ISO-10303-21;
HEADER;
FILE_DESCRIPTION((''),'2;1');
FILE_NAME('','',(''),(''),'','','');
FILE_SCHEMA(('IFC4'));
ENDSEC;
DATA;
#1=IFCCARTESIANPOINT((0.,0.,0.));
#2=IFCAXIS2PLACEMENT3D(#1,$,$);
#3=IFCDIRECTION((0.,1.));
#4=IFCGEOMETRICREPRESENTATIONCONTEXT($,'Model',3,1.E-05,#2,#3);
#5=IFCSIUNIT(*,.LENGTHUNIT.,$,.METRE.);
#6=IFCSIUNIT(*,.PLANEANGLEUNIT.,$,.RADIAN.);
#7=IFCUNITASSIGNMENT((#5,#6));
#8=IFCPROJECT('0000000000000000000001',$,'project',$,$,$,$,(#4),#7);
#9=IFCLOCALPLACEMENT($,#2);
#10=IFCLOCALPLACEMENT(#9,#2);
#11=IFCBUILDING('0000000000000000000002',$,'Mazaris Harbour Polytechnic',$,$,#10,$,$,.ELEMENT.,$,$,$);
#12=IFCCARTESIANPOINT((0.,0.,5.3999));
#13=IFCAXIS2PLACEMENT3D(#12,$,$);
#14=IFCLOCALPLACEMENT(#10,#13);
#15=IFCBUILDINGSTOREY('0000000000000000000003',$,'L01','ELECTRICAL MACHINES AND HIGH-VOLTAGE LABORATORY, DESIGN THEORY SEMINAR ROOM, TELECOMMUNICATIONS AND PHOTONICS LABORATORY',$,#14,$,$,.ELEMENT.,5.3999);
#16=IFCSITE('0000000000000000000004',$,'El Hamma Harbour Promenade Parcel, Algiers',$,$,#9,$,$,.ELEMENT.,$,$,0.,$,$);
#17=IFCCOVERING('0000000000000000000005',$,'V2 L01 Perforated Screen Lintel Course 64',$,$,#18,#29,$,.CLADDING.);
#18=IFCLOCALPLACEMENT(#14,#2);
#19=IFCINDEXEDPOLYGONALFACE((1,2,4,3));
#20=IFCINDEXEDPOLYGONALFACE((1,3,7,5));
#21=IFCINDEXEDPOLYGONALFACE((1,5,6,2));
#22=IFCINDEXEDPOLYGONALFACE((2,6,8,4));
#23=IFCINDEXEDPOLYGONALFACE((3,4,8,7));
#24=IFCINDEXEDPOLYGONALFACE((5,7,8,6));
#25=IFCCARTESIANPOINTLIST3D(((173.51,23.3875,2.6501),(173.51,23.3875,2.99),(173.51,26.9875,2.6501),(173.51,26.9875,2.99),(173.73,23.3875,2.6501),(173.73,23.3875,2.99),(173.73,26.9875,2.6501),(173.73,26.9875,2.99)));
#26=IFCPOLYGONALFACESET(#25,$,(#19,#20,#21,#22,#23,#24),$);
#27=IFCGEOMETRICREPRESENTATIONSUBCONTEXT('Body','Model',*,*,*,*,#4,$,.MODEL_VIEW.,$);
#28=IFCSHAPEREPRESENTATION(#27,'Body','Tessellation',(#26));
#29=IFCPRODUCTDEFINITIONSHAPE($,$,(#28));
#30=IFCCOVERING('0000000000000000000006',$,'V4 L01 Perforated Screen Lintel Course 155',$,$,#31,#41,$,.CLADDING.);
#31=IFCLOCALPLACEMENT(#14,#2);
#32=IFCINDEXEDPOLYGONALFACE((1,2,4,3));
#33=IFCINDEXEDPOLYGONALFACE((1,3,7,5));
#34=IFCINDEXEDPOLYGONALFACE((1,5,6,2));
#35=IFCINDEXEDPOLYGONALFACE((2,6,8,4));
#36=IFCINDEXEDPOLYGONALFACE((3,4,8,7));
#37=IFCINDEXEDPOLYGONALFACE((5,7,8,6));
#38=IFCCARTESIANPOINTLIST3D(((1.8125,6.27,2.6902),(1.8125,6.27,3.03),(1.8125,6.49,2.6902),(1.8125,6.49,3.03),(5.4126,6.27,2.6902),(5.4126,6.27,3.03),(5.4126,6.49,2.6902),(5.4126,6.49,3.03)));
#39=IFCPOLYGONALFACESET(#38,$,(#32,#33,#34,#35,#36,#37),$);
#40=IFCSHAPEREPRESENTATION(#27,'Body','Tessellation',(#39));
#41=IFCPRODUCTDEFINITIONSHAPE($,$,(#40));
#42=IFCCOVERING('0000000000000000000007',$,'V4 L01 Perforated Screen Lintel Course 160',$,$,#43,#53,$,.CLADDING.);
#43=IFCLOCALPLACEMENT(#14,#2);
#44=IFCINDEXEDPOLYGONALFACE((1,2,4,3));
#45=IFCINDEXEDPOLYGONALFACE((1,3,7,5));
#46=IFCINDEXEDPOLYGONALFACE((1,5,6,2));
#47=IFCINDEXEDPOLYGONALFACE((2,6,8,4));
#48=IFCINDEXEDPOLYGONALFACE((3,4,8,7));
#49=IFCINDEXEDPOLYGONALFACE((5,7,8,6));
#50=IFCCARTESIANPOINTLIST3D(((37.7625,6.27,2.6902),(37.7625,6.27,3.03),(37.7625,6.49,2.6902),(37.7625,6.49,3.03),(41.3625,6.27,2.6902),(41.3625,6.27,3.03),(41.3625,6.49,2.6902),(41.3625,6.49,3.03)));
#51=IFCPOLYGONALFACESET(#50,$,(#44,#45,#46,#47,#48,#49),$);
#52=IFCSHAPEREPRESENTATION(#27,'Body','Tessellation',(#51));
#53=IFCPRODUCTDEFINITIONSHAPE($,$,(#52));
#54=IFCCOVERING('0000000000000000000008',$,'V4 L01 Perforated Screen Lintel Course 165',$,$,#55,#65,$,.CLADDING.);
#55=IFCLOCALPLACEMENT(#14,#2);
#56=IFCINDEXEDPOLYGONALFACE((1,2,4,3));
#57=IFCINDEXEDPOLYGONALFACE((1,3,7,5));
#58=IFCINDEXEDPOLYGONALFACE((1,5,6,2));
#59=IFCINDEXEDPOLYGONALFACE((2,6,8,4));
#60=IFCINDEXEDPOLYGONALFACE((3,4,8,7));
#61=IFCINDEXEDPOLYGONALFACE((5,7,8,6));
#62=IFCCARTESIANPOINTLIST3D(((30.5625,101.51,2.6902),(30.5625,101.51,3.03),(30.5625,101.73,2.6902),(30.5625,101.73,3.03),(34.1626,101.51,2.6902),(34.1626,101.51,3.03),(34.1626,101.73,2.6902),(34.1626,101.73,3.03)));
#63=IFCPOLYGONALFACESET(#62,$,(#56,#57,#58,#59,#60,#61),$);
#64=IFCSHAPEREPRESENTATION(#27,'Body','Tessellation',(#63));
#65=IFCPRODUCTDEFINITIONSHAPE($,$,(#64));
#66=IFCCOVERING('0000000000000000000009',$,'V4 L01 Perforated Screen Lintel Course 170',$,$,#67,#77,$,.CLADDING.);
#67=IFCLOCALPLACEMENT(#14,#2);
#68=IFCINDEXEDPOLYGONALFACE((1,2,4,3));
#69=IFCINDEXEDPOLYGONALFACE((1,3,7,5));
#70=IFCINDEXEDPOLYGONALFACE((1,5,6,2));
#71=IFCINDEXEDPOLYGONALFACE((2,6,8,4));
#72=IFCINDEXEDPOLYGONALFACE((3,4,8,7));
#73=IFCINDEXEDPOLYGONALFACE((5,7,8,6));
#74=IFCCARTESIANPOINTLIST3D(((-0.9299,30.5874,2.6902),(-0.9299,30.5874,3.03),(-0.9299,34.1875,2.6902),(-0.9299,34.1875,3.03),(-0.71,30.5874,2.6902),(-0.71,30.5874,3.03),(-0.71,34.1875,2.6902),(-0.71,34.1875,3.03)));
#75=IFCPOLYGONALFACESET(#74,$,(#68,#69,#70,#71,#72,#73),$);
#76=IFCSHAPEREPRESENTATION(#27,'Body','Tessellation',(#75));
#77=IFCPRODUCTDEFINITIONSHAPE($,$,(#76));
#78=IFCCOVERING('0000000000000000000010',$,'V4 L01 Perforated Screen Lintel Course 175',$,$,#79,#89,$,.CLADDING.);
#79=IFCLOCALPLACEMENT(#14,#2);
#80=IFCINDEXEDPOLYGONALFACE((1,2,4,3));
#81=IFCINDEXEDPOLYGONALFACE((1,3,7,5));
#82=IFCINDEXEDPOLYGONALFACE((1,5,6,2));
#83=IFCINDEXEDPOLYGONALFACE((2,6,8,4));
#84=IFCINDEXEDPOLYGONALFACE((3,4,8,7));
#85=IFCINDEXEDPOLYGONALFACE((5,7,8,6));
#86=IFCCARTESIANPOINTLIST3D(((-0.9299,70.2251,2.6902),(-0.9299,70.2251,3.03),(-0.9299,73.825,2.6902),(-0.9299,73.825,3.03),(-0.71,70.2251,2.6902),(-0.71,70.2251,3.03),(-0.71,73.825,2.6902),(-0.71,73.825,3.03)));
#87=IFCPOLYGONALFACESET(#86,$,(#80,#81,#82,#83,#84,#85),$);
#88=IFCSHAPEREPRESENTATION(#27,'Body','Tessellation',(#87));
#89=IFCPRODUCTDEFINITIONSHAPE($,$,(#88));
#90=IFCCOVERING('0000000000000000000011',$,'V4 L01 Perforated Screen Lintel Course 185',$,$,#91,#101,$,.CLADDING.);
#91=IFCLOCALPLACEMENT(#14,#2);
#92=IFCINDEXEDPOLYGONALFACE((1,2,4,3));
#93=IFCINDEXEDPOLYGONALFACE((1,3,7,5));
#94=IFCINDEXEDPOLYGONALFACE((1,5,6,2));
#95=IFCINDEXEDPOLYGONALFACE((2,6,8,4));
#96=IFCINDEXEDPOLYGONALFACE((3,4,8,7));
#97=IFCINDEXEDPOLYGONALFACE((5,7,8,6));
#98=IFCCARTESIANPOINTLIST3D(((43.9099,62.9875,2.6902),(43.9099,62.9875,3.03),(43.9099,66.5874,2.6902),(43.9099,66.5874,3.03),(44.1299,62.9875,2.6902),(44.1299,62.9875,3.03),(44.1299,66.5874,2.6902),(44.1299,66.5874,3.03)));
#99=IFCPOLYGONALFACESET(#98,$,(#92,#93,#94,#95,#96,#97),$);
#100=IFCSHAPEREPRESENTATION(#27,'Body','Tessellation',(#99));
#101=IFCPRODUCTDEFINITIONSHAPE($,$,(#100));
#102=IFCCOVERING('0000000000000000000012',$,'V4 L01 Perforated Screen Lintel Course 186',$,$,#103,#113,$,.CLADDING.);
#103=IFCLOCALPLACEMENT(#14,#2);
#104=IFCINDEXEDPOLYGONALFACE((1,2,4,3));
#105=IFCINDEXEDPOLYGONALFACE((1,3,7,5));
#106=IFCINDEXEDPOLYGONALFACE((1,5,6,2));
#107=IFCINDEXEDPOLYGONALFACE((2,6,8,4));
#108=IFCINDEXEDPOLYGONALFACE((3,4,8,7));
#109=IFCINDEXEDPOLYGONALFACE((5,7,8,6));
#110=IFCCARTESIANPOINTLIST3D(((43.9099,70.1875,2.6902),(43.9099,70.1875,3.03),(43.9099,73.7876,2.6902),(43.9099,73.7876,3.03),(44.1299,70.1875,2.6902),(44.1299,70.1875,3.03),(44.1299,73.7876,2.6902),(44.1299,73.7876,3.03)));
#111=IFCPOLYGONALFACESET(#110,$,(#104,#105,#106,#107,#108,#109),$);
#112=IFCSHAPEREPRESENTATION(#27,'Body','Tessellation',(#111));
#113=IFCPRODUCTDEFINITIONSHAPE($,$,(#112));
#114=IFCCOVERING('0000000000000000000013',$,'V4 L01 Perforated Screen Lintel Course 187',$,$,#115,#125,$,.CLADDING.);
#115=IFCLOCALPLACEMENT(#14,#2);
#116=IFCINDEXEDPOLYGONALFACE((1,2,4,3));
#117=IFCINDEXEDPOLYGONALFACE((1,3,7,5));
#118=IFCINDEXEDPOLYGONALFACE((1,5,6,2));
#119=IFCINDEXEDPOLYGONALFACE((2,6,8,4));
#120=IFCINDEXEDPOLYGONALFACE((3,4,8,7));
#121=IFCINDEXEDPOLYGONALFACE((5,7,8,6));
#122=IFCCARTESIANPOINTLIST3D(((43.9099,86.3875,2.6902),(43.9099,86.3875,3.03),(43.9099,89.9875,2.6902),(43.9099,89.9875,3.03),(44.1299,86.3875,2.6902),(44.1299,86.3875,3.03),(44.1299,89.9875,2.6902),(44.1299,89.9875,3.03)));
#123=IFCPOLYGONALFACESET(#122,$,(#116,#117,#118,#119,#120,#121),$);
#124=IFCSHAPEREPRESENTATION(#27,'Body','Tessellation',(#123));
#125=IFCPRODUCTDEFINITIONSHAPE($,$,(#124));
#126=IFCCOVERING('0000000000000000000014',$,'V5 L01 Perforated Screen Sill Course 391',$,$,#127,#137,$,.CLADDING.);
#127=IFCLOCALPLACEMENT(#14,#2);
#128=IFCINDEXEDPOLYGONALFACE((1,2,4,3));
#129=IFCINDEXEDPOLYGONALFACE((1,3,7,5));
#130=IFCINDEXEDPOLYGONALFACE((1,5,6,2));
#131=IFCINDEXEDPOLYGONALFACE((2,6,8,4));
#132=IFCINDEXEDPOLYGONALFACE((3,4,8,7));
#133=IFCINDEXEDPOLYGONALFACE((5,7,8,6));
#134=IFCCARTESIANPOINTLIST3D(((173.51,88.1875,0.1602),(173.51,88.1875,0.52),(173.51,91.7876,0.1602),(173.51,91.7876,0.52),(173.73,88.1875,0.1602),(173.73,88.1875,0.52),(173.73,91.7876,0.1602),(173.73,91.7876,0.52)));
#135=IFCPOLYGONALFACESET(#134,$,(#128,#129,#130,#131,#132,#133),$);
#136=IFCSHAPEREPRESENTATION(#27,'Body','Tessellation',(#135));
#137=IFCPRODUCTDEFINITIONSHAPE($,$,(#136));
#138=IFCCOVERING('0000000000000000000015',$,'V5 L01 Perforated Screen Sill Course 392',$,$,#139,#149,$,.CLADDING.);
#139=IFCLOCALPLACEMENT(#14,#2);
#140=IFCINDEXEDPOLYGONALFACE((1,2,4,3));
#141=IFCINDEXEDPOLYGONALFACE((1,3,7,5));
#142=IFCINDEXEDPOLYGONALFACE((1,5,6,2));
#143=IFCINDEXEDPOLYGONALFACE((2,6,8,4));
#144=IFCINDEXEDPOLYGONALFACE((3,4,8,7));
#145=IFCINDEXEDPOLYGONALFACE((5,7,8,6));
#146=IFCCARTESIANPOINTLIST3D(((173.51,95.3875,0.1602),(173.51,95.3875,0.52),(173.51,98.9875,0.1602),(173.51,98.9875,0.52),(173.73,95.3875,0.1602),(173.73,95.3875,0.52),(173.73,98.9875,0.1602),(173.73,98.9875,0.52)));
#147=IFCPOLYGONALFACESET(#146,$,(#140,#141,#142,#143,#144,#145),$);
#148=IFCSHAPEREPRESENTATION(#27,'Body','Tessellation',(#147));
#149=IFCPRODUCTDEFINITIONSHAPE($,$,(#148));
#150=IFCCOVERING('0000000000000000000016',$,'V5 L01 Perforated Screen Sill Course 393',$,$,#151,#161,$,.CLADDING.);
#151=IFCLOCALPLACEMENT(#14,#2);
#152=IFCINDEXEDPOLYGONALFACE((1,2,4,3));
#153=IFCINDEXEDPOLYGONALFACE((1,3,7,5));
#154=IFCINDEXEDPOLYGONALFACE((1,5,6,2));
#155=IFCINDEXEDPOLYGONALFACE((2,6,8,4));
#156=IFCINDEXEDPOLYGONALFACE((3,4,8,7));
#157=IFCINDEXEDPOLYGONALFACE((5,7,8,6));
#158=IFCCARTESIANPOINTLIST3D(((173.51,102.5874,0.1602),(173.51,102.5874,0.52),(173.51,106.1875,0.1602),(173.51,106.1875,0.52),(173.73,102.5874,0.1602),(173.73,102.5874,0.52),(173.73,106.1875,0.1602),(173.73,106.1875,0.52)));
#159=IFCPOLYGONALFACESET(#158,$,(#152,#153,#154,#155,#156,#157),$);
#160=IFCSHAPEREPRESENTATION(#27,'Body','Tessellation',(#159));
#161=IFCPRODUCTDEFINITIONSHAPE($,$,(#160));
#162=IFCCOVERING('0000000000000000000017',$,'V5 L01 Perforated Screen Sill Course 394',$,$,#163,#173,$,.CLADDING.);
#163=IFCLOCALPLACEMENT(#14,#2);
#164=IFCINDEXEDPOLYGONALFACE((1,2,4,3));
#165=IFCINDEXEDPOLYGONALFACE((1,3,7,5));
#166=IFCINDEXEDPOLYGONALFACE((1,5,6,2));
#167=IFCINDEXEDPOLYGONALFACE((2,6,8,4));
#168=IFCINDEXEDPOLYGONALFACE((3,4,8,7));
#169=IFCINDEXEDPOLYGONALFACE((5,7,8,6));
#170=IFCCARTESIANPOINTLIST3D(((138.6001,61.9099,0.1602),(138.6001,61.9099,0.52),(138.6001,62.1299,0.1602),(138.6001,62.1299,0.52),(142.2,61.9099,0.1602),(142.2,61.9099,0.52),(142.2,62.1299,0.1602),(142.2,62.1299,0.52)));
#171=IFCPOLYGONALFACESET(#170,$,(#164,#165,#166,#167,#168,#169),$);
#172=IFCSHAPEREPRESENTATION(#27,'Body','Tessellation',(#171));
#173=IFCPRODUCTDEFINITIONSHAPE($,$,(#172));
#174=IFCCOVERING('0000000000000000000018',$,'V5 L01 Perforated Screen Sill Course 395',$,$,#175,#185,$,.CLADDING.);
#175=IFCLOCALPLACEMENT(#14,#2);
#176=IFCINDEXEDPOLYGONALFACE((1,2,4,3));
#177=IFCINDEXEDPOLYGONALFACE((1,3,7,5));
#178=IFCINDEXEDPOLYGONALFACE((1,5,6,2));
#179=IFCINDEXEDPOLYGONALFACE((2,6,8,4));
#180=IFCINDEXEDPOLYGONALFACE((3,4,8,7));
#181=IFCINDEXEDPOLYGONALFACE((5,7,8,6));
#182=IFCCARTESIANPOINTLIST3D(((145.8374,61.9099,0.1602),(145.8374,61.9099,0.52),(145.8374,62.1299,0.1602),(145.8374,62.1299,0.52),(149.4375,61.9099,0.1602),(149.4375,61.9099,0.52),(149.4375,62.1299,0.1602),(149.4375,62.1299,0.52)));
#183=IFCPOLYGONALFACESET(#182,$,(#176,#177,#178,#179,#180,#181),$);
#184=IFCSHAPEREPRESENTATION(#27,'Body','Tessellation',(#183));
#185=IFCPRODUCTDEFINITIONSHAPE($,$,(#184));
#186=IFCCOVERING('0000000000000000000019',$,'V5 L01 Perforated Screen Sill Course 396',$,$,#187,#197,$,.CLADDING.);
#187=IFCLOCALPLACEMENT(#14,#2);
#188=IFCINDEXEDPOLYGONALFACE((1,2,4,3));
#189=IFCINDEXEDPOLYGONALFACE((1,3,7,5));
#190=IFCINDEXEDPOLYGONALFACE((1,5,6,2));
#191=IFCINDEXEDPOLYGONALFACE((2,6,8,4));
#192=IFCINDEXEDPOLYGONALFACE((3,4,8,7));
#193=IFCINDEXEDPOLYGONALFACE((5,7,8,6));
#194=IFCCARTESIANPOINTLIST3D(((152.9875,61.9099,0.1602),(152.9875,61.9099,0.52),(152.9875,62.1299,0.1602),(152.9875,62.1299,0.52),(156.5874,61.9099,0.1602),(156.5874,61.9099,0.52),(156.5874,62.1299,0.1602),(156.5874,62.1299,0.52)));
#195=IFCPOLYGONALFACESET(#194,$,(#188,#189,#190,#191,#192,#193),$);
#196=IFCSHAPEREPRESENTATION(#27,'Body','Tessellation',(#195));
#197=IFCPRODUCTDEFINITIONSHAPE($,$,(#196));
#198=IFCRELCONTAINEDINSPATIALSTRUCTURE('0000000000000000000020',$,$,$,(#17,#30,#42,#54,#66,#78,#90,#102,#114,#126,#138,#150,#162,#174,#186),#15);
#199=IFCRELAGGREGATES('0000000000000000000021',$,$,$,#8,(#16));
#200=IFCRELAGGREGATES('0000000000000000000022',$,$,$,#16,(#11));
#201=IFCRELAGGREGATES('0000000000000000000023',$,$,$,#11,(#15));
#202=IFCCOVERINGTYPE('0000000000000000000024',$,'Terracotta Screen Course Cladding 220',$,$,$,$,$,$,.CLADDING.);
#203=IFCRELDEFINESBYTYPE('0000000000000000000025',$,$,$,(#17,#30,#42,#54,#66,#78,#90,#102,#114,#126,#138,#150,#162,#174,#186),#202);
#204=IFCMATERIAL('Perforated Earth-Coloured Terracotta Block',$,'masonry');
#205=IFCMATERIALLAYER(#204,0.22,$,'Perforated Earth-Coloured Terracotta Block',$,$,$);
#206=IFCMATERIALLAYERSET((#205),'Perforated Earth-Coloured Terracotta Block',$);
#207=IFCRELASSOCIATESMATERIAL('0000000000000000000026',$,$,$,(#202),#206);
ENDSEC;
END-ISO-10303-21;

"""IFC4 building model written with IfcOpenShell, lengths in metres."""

from ifc_helpers import new_model, si_unit, direction, frame, origin, place, context, subcontext, project, spatial, polyline, outline, extrude, material, layer, layer_set, type_object, element, save


model = new_model("IFC4")

# Units and contexts
model_context = context("Model", 3, precision=1e-05, world=origin(), true_north=direction((0.0, 1.0)))
body_context = subcontext(model_context, "Body", "Model", "MODEL_VIEW")
ifc_project = project(units=[si_unit("LENGTHUNIT", "METRE"), si_unit("PLANEANGLEUNIT", "RADIAN")], contexts=[model_context])

# Site, building, storey
site_placement = place(None, origin())
site = spatial("IfcSite", under=ifc_project, at=site_placement, Name="El Hamma Harbour Promenade Parcel, Algiers", CompositionType="ELEMENT", RefElevation=0.0)
building_placement = place(site_placement, origin())
building = spatial("IfcBuilding", under=site, at=building_placement, Name="Mazaris Harbour Polytechnic", CompositionType="ELEMENT")
storey_placement = place(building_placement, frame((0.0, 0.0, 5.3999)))
storey = spatial("IfcBuildingStorey", under=building, at=storey_placement, Name="L01", Description="ELECTRICAL MACHINES AND HIGH-VOLTAGE LABORATORY, DESIGN THEORY SEMINAR ROOM, TELECOMMUNICATIONS AND PHOTONICS LABORATORY", CompositionType="ELEMENT", Elevation=5.3999)

# Coverings
ifc_material = material(Name="Perforated Earth-Coloured Terracotta Block", Category="masonry")
ifc_layer = layer(ifc_material, 0.22, Name="Perforated Earth-Coloured Terracotta Block")
ifc_layer_set = layer_set([ifc_layer], Name="Perforated Earth-Coloured Terracotta Block")
covering_type = type_object("IfcCoveringType", Name="Terracotta Screen Course Cladding 220", PredefinedType="CLADDING", material=ifc_layer_set)
covering_1_placement = place(storey_placement, frame((0.0, 0.0, 2.6501)))
element("IfcCovering", 1, at=covering_1_placement, inside=storey, type_object=covering_type, Name="V2 L01 Perforated Screen Lintel Course 64", PredefinedType="CLADDING", context=body_context, shape_type="SweptSolid", body=[
    extrude(outline(polyline([(173.51, 26.9875), (173.51, 23.3875), (173.73, 23.3875), (173.73, 26.9875), (173.51, 26.9875)])), origin(), (0.0, 0.0, 1.0), 0.3398),
])
covering_2_placement = place(storey_placement, frame((0.0, 0.0, 2.6902)))
element("IfcCovering", 2, at=covering_2_placement, inside=storey, type_object=covering_type, Name="V4 L01 Perforated Screen Lintel Course 155", PredefinedType="CLADDING", context=body_context, shape_type="SweptSolid", body=[
    extrude(outline(polyline([(5.4126, 6.49), (1.8125, 6.49), (1.8125, 6.27), (5.4126, 6.27), (5.4126, 6.49)])), origin(), (0.0, 0.0, 1.0), 0.3398),
])
covering_3_placement = place(storey_placement, frame((0.0, 0.0, 2.6902)))
element("IfcCovering", 3, at=covering_3_placement, inside=storey, type_object=covering_type, Name="V4 L01 Perforated Screen Lintel Course 160", PredefinedType="CLADDING", context=body_context, shape_type="SweptSolid", body=[
    extrude(outline(polyline([(41.3625, 6.49), (37.7625, 6.49), (37.7625, 6.27), (41.3625, 6.27), (41.3625, 6.49)])), origin(), (0.0, 0.0, 1.0), 0.3398),
])
covering_4_placement = place(storey_placement, frame((0.0, 0.0, 2.6902)))
element("IfcCovering", 4, at=covering_4_placement, inside=storey, type_object=covering_type, Name="V4 L01 Perforated Screen Lintel Course 165", PredefinedType="CLADDING", context=body_context, shape_type="SweptSolid", body=[
    extrude(outline(polyline([(30.5625, 101.51), (34.1626, 101.51), (34.1626, 101.73), (30.5625, 101.73), (30.5625, 101.51)])), origin(), (0.0, 0.0, 1.0), 0.3398),
])
covering_5_placement = place(storey_placement, frame((0.0, 0.0, 2.6902)))
element("IfcCovering", 5, at=covering_5_placement, inside=storey, type_object=covering_type, Name="V4 L01 Perforated Screen Lintel Course 170", PredefinedType="CLADDING", context=body_context, shape_type="SweptSolid", body=[
    extrude(outline(polyline([(-0.71, 30.5874), (-0.71, 34.1875), (-0.9299, 34.1875), (-0.9299, 30.5874), (-0.71, 30.5874)])), origin(), (0.0, 0.0, 1.0), 0.3398),
])
covering_6_placement = place(storey_placement, frame((0.0, 0.0, 2.6902)))
element("IfcCovering", 6, at=covering_6_placement, inside=storey, type_object=covering_type, Name="V4 L01 Perforated Screen Lintel Course 175", PredefinedType="CLADDING", context=body_context, shape_type="SweptSolid", body=[
    extrude(outline(polyline([(-0.71, 70.2251), (-0.71, 73.825), (-0.9299, 73.825), (-0.9299, 70.2251), (-0.71, 70.2251)])), origin(), (0.0, 0.0, 1.0), 0.3398),
])
covering_7_placement = place(storey_placement, frame((0.0, 0.0, 2.6902)))
element("IfcCovering", 7, at=covering_7_placement, inside=storey, type_object=covering_type, Name="V4 L01 Perforated Screen Lintel Course 185", PredefinedType="CLADDING", context=body_context, shape_type="SweptSolid", body=[
    extrude(outline(polyline([(43.9099, 66.5874), (43.9099, 62.9875), (44.1299, 62.9875), (44.1299, 66.5874), (43.9099, 66.5874)])), origin(), (0.0, 0.0, 1.0), 0.3398),
])
covering_8_placement = place(storey_placement, frame((0.0, 0.0, 2.6902)))
element("IfcCovering", 8, at=covering_8_placement, inside=storey, type_object=covering_type, Name="V4 L01 Perforated Screen Lintel Course 186", PredefinedType="CLADDING", context=body_context, shape_type="SweptSolid", body=[
    extrude(outline(polyline([(43.9099, 73.7876), (43.9099, 70.1875), (44.1299, 70.1875), (44.1299, 73.7876), (43.9099, 73.7876)])), origin(), (0.0, 0.0, 1.0), 0.3398),
])
covering_9_placement = place(storey_placement, frame((0.0, 0.0, 2.6902)))
element("IfcCovering", 9, at=covering_9_placement, inside=storey, type_object=covering_type, Name="V4 L01 Perforated Screen Lintel Course 187", PredefinedType="CLADDING", context=body_context, shape_type="SweptSolid", body=[
    extrude(outline(polyline([(43.9099, 89.9875), (43.9099, 86.3875), (44.1299, 86.3875), (44.1299, 89.9875), (43.9099, 89.9875)])), origin(), (0.0, 0.0, 1.0), 0.3398),
])
covering_10_placement = place(storey_placement, frame((0.0, 0.0, 0.1602)))
element("IfcCovering", 10, at=covering_10_placement, inside=storey, type_object=covering_type, Name="V5 L01 Perforated Screen Sill Course 391", PredefinedType="CLADDING", context=body_context, shape_type="SweptSolid", body=[
    extrude(outline(polyline([(173.51, 91.7876), (173.51, 88.1875), (173.73, 88.1875), (173.73, 91.7876), (173.51, 91.7876)])), origin(), (0.0, 0.0, 1.0), 0.3599),
])
covering_11_placement = place(storey_placement, frame((0.0, 0.0, 0.1602)))
element("IfcCovering", 11, at=covering_11_placement, inside=storey, type_object=covering_type, Name="V5 L01 Perforated Screen Sill Course 392", PredefinedType="CLADDING", context=body_context, shape_type="SweptSolid", body=[
    extrude(outline(polyline([(173.51, 98.9875), (173.51, 95.3875), (173.73, 95.3875), (173.73, 98.9875), (173.51, 98.9875)])), origin(), (0.0, 0.0, 1.0), 0.3599),
])
covering_12_placement = place(storey_placement, frame((0.0, 0.0, 0.1602)))
element("IfcCovering", 12, at=covering_12_placement, inside=storey, type_object=covering_type, Name="V5 L01 Perforated Screen Sill Course 393", PredefinedType="CLADDING", context=body_context, shape_type="SweptSolid", body=[
    extrude(outline(polyline([(173.51, 106.1875), (173.51, 102.5874), (173.73, 102.5874), (173.73, 106.1875), (173.51, 106.1875)])), origin(), (0.0, 0.0, 1.0), 0.3599),
])
covering_13_placement = place(storey_placement, frame((0.0, 0.0, 0.1602)))
element("IfcCovering", 13, at=covering_13_placement, inside=storey, type_object=covering_type, Name="V5 L01 Perforated Screen Sill Course 394", PredefinedType="CLADDING", context=body_context, shape_type="SweptSolid", body=[
    extrude(outline(polyline([(138.6001, 61.9099), (142.2, 61.9099), (142.2, 62.1299), (138.6001, 62.1299), (138.6001, 61.9099)])), origin(), (0.0, 0.0, 1.0), 0.3599),
])
covering_14_placement = place(storey_placement, frame((0.0, 0.0, 0.1602)))
element("IfcCovering", 14, at=covering_14_placement, inside=storey, type_object=covering_type, Name="V5 L01 Perforated Screen Sill Course 395", PredefinedType="CLADDING", context=body_context, shape_type="SweptSolid", body=[
    extrude(outline(polyline([(145.8374, 61.9099), (149.4375, 61.9099), (149.4375, 62.1299), (145.8374, 62.1299), (145.8374, 61.9099)])), origin(), (0.0, 0.0, 1.0), 0.3599),
])
covering_15_placement = place(storey_placement, frame((0.0, 0.0, 0.1602)))
element("IfcCovering", 15, at=covering_15_placement, inside=storey, type_object=covering_type, Name="V5 L01 Perforated Screen Sill Course 396", PredefinedType="CLADDING", context=body_context, shape_type="SweptSolid", body=[
    extrude(outline(polyline([(152.9875, 61.9099), (156.5874, 61.9099), (156.5874, 62.1299), (152.9875, 62.1299), (152.9875, 61.9099)])), origin(), (0.0, 0.0, 1.0), 0.3599),
])

save(model, "model.ifc")
